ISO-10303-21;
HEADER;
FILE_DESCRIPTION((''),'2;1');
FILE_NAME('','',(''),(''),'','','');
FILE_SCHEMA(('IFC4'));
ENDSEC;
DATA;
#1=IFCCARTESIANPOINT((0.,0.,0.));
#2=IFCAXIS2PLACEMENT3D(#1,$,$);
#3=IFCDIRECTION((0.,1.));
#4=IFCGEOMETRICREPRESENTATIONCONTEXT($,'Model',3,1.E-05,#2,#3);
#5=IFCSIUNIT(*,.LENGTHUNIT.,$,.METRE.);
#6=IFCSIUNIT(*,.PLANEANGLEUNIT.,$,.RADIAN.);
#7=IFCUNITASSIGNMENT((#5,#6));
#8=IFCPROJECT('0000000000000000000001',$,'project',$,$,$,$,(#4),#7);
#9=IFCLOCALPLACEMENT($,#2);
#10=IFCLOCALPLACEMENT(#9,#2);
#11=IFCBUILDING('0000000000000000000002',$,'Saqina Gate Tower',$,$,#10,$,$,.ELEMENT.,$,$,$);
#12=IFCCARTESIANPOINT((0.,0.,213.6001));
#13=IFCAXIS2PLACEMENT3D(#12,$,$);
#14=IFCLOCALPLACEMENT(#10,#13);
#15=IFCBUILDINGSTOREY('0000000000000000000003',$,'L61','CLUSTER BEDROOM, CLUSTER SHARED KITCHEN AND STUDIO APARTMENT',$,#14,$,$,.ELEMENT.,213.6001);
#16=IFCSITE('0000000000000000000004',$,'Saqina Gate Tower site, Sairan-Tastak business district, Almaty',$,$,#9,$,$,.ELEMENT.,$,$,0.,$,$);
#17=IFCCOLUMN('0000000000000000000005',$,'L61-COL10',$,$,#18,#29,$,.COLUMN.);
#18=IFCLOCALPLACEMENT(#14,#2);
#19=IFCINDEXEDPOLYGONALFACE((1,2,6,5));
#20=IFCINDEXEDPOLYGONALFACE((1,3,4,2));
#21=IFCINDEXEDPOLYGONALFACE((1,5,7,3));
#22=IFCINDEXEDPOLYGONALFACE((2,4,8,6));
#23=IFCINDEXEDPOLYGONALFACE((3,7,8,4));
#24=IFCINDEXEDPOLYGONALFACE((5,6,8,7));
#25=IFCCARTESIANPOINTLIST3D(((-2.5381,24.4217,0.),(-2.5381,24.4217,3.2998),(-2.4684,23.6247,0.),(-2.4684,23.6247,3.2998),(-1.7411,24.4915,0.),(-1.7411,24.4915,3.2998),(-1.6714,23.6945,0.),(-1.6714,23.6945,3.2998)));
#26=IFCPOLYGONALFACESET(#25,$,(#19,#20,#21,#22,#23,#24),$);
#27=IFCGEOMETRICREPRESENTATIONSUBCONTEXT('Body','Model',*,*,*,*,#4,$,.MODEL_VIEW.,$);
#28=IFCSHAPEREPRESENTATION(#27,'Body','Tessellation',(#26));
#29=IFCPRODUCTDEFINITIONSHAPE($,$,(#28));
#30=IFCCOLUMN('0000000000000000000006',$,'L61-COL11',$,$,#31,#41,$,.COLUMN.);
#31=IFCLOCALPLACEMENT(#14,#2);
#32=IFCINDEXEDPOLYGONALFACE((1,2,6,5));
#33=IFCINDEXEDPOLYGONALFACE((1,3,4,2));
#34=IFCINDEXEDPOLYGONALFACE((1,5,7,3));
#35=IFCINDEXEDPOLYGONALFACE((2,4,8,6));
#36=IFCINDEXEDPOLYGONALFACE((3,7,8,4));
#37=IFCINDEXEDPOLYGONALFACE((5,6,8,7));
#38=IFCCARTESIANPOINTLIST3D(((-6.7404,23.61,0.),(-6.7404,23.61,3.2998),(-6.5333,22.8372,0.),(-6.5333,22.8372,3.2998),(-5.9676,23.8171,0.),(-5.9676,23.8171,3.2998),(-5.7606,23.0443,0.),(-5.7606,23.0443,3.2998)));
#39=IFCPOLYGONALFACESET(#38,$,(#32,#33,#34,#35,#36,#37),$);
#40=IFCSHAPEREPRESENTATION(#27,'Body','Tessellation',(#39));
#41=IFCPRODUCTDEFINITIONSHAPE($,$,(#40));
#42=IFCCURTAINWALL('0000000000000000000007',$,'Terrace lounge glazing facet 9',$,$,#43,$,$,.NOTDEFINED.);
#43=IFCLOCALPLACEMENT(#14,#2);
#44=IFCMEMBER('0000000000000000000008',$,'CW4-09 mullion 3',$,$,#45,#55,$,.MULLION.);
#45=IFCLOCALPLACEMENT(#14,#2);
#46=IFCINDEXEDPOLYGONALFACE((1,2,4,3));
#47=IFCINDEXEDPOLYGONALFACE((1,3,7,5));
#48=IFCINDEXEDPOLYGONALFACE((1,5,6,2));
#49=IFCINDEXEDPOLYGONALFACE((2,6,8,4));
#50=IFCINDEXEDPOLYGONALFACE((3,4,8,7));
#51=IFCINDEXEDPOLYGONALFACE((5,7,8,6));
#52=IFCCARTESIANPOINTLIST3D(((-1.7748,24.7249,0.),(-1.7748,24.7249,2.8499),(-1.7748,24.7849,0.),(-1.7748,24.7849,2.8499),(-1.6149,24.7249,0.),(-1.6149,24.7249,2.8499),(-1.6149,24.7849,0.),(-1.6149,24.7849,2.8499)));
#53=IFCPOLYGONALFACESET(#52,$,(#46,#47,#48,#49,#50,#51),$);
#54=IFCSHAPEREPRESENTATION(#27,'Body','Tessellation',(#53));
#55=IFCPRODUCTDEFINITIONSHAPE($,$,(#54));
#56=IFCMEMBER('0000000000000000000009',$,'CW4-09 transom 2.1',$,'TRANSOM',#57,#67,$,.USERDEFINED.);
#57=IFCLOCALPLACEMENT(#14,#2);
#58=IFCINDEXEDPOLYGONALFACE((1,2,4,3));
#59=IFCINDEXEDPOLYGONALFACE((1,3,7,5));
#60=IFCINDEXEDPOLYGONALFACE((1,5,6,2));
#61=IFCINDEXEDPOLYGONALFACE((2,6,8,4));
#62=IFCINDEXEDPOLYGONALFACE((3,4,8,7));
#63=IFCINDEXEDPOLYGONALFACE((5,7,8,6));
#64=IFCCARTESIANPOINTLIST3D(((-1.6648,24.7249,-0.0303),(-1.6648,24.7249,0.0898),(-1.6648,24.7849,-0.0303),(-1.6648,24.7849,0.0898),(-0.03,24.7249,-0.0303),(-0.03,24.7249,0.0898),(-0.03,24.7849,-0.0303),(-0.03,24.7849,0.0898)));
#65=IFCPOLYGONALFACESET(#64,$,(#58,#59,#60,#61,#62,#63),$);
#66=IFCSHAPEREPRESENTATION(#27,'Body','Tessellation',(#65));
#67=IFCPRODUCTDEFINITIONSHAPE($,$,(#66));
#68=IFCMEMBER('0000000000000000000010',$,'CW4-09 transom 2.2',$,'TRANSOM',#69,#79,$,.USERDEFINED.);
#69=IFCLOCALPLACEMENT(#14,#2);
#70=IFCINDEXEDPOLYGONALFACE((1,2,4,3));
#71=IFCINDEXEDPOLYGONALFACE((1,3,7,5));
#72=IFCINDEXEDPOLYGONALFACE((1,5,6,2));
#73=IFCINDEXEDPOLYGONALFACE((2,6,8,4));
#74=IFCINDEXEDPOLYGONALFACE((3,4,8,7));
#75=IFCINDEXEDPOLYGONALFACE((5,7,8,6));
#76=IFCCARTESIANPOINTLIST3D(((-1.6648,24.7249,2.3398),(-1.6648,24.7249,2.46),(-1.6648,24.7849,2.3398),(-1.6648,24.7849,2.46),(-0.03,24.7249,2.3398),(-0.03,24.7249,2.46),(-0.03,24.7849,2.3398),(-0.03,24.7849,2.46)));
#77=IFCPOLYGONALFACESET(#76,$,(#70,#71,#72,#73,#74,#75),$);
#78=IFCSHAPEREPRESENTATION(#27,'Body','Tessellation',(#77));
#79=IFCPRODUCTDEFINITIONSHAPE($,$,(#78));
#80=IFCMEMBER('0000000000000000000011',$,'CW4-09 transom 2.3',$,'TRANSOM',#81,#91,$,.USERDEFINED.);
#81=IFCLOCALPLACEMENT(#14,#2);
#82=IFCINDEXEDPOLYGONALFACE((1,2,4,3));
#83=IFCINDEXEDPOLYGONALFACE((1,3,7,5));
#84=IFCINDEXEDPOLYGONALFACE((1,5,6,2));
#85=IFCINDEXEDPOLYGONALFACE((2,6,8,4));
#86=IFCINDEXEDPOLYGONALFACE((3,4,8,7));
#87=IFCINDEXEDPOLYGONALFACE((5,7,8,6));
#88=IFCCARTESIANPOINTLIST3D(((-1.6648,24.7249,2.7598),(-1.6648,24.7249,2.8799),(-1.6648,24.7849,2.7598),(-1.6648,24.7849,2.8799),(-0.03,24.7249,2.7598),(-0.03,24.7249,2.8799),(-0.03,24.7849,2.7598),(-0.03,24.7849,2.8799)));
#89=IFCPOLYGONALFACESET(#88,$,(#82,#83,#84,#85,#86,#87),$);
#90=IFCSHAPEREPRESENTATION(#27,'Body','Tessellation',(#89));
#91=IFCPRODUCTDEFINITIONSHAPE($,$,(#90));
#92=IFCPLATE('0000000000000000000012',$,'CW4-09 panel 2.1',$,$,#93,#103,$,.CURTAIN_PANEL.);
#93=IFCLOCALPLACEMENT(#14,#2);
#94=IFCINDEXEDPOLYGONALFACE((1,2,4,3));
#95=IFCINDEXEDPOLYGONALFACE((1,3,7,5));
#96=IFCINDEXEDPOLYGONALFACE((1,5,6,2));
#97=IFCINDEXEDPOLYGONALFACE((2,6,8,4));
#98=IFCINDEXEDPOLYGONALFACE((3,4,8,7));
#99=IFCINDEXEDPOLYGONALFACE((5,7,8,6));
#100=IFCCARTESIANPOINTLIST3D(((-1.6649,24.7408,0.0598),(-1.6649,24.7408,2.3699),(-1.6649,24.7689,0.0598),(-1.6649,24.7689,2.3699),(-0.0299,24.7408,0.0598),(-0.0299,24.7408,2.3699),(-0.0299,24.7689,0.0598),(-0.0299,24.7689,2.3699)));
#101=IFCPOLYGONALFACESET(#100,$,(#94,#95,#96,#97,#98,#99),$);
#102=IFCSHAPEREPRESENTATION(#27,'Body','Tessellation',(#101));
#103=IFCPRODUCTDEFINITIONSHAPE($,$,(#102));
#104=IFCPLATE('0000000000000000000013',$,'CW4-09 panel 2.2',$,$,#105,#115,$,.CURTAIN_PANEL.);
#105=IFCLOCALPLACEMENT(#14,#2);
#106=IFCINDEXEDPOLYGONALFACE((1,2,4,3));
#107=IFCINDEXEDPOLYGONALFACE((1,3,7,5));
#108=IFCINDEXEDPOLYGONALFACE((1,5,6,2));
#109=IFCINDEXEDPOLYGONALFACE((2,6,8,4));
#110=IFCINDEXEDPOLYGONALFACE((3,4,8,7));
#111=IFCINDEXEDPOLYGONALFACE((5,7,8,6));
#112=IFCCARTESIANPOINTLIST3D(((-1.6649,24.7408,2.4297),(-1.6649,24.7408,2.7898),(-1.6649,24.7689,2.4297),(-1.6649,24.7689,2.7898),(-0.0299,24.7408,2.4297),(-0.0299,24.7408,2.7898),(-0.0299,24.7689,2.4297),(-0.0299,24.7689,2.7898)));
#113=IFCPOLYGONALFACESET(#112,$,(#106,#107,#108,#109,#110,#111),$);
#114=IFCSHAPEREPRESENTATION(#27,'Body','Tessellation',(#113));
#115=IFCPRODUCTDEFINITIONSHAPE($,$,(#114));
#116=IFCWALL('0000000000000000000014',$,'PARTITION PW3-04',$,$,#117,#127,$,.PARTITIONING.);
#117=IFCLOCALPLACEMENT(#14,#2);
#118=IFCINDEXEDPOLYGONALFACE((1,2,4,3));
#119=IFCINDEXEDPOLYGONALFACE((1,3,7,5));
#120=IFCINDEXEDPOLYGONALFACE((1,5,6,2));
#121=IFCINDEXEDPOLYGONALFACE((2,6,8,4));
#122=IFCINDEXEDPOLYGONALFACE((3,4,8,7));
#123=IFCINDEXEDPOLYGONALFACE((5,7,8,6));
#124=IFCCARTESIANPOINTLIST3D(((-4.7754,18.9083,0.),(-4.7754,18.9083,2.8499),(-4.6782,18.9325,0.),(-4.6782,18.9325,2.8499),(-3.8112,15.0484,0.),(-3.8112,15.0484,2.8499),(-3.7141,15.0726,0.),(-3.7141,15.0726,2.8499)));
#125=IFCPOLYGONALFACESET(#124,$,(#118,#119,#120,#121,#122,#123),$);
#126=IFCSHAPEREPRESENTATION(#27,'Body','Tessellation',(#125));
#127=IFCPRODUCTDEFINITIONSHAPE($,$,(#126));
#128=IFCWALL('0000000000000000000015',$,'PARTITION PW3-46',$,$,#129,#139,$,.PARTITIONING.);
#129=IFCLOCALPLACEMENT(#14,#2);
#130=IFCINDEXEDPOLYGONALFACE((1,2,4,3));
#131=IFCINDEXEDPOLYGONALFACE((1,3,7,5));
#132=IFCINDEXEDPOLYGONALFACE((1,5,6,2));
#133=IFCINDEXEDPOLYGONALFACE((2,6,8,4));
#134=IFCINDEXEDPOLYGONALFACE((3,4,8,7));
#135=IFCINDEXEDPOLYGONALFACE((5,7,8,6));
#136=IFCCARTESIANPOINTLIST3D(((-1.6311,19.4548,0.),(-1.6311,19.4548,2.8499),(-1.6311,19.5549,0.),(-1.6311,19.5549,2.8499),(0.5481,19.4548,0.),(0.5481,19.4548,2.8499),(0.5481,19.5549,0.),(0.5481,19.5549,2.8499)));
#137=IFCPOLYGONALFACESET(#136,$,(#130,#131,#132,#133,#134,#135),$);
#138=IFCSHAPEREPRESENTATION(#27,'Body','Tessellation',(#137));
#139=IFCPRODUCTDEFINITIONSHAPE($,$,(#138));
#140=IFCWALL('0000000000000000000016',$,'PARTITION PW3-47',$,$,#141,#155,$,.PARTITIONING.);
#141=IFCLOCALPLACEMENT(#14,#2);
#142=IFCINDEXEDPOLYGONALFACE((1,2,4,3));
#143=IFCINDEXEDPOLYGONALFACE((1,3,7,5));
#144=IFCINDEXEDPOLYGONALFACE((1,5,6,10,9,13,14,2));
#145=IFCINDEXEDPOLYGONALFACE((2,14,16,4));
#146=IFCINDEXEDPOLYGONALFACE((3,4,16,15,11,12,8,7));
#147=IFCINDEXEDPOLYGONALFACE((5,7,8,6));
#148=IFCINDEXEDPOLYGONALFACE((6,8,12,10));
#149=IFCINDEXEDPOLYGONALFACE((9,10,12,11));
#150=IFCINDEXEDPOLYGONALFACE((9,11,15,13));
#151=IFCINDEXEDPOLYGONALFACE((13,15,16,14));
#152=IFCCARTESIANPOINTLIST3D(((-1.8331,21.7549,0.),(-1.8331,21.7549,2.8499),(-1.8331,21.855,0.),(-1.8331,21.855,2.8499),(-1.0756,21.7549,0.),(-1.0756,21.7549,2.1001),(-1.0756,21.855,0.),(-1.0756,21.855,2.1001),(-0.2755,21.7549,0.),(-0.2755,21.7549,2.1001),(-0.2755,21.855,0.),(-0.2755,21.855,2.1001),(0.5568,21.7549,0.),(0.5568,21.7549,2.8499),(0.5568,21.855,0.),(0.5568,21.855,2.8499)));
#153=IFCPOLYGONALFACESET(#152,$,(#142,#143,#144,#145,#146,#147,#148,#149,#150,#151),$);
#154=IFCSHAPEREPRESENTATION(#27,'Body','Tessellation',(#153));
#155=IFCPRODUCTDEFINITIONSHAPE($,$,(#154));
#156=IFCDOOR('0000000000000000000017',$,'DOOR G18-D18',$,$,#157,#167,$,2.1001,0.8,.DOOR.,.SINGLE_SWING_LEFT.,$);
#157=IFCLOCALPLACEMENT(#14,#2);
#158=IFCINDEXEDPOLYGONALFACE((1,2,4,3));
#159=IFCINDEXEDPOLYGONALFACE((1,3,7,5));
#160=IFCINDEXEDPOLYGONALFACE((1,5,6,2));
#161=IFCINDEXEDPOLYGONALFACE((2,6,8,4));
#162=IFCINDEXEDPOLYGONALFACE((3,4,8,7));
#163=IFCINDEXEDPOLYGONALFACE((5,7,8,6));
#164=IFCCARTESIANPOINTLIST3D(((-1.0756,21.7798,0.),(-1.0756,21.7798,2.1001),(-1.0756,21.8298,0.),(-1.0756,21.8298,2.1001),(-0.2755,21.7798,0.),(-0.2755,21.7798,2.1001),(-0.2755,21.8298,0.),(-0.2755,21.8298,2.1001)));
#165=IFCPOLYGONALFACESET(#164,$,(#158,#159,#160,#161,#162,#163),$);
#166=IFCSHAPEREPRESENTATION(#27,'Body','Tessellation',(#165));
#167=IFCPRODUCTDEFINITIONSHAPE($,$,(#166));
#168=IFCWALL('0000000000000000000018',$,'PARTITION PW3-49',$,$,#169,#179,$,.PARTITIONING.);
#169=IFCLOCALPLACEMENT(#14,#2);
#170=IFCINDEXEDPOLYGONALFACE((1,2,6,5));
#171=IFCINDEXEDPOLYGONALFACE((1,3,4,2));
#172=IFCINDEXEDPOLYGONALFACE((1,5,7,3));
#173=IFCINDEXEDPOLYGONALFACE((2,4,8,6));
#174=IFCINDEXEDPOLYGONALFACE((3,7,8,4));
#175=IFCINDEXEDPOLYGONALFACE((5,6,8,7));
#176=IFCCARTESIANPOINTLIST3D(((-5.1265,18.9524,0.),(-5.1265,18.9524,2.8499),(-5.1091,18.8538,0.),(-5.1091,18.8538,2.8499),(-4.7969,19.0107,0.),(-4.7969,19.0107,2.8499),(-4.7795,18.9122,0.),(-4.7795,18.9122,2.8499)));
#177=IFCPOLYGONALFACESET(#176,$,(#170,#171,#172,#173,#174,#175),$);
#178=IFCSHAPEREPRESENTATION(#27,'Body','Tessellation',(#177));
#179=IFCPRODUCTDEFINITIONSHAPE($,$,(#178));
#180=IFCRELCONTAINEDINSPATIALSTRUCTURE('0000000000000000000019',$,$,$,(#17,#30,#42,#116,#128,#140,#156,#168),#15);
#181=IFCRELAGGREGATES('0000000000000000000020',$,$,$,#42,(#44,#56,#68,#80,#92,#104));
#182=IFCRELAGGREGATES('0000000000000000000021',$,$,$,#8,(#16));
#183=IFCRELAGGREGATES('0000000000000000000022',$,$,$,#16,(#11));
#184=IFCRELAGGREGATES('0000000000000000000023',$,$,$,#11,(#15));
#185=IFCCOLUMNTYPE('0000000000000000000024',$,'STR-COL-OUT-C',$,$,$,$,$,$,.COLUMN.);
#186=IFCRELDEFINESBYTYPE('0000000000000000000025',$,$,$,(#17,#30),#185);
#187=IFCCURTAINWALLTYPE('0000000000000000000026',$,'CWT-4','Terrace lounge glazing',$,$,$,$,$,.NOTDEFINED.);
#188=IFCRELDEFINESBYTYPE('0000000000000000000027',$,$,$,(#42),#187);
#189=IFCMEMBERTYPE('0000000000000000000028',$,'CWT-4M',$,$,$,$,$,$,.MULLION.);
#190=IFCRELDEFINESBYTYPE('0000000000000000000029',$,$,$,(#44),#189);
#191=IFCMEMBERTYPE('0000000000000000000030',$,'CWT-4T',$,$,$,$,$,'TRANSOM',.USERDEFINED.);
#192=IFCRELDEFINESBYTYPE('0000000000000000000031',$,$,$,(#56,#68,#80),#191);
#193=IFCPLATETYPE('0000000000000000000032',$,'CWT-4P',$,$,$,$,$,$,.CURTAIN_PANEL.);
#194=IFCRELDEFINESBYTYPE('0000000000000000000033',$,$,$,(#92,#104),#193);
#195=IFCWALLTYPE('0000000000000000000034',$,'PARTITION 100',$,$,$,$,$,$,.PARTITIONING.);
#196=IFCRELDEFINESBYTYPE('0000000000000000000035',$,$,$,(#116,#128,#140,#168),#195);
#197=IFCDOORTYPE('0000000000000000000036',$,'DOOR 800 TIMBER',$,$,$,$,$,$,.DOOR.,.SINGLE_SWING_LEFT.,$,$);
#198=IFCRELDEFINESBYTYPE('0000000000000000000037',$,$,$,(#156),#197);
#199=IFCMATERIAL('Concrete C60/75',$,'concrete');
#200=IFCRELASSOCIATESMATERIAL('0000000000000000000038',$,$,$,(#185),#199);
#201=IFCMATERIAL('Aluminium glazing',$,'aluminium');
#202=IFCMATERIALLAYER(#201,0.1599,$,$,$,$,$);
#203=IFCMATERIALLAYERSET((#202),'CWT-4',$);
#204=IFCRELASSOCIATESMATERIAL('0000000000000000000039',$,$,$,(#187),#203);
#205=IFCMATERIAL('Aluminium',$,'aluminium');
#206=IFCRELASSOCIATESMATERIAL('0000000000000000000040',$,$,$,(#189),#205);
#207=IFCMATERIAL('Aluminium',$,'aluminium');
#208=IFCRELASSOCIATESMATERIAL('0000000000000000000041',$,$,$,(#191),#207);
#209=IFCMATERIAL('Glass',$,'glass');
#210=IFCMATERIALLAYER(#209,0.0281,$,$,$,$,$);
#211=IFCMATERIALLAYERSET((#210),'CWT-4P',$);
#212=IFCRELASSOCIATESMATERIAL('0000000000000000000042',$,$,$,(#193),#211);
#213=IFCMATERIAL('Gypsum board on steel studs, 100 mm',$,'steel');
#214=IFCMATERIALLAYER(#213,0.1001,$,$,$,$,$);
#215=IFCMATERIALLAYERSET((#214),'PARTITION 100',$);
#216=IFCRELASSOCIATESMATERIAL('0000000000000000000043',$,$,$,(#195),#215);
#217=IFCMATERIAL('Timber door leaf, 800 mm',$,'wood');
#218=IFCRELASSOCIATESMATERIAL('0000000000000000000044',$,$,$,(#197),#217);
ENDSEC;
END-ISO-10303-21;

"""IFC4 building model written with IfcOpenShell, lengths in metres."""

from ifc_helpers import new_model, si_unit, direction, frame, frame_2d, origin, origin_2d, place, context, subcontext, project, spatial, rectangle, extrude, material, layer, layer_set, material_profile, profile_set, type_object, element, fill, aggregate, save


model = new_model("IFC4")

# Units and contexts
model_context = context("Model", 3, precision=1e-05, world=origin(), true_north=direction((0.0, 1.0)))
body_context = subcontext(model_context, "Body", "Model", "MODEL_VIEW")
ifc_project = project(units=[si_unit("LENGTHUNIT", "METRE"), si_unit("PLANEANGLEUNIT", "RADIAN")], contexts=[model_context])

# Site, building, storey
site_placement = place(None, origin())
site = spatial("IfcSite", under=ifc_project, at=site_placement, Name="Saqina Gate Tower site, Sairan-Tastak business district, Almaty", CompositionType="ELEMENT", RefElevation=0.0)
building_placement = place(site_placement, origin())
building = spatial("IfcBuilding", under=site, at=building_placement, Name="Saqina Gate Tower", CompositionType="ELEMENT")
storey_placement = place(building_placement, frame((0.0, 0.0, 213.6001)))
storey = spatial("IfcBuildingStorey", under=building, at=storey_placement, Name="L61", Description="CLUSTER BEDROOM, CLUSTER SHARED KITCHEN AND STUDIO APARTMENT", CompositionType="ELEMENT", Elevation=213.6001)

# Columns
ifc_material_1 = material(Name="Concrete C60/75", Category="concrete")
ifc_material_profile_1 = material_profile(ifc_material_1, rectangle(XDim=0.8, YDim=0.8, at=origin_2d()), Name="RC 800x800")
ifc_profile_set_1 = profile_set([ifc_material_profile_1], Name="Concrete C60/75")
column_type = type_object("IfcColumnType", Name="STR-COL-OUT-C", PredefinedType="COLUMN", material=ifc_profile_set_1)
for number, where, z_axis, x_axis, name in (
    (1, (-2.1047, 24.0581, 0.0), (0.0, 0.0, 1.0), (-0.087156, 0.996195, 0.0), "L61-COL10"),
    (2, (-6.2505, 23.3271, 0.0), (0.0, 0.0, 1.0), (-0.258819, 0.965926, 0.0), "L61-COL11"),
):
    element("IfcColumn", number, at=place(storey_placement, frame(where, z_axis=z_axis, x_axis=x_axis)), inside=storey, type_object=column_type, Name=name, PredefinedType="COLUMN", context=body_context, shape_type="SweptSolid", body=[
        extrude(rectangle(XDim=0.8, YDim=0.8, at=origin_2d()), origin(), (0.0, 0.0, 1.0), 3.2998),
    ])

# Curtain wall, members, plates
ifc_material_2 = material(Name="Aluminium glazing", Category="aluminium")
ifc_layer_1 = layer(ifc_material_2, 0.1599)
ifc_layer_set_1 = layer_set([ifc_layer_1], Name="CWT-4")
curtain_wall_type = type_object("IfcCurtainWallType", Name="CWT-4", Description="Terrace lounge glazing", PredefinedType="NOTDEFINED", material=ifc_layer_set_1)
curtain_wall_placement = place(storey_placement, origin())
curtain_wall = element("IfcCurtainWall", 3, at=curtain_wall_placement, inside=storey, type_object=curtain_wall_type, Name="Terrace lounge glazing facet 9", PredefinedType="NOTDEFINED")
ifc_material_3 = material(Name="Aluminium", Category="aluminium")
ifc_material_profile_2 = material_profile(ifc_material_3, rectangle(XDim=0.0601, YDim=0.1599, at=origin_2d()), Name="Aluminium 60x160")
ifc_profile_set_2 = profile_set([ifc_material_profile_2], Name="Aluminium")
member_type_1 = type_object("IfcMemberType", Name="CWT-4M", PredefinedType="MULLION", material=ifc_profile_set_2)
member_1_placement = place(storey_placement, frame((-1.6948, 24.7549, 0.0), z_axis=(0.0, 0.0, 1.0), x_axis=(0.0, -1.0, 0.0)))
member_1 = element("IfcMember", 4, at=member_1_placement, type_object=member_type_1, Name="CW4-09 mullion 3", PredefinedType="MULLION", context=body_context, shape_type="SweptSolid", body=[
    extrude(rectangle(XDim=0.0601, YDim=0.1599, at=origin_2d()), origin(), (0.0, 0.0, 1.0), 2.8499),
])
ifc_material_4 = material(Name="Aluminium", Category="aluminium")
ifc_material_profile_3 = material_profile(ifc_material_4, rectangle(XDim=0.0601, YDim=0.1201, at=origin_2d()), Name="Aluminium 60x120")
ifc_profile_set_3 = profile_set([ifc_material_profile_3], Name="Aluminium")
member_type_2 = type_object("IfcMemberType", Name="CWT-4T", ElementType="TRANSOM", PredefinedType="USERDEFINED", material=ifc_profile_set_3)
member_2_placement = place(storey_placement, frame((-0.03, 24.7549, 0.0298), z_axis=(-1.0, 0.0, 0.0), x_axis=(0.0, -1.0, 0.0)))
member_2 = element("IfcMember", 5, at=member_2_placement, type_object=member_type_2, Name="CW4-09 transom 2.1", ObjectType="TRANSOM", PredefinedType="USERDEFINED", context=body_context, shape_type="SweptSolid", body=[
    extrude(rectangle(XDim=0.0601, YDim=0.1201, at=origin_2d()), origin(), (0.0, 0.0, 1.0), 1.6348),
])
member_3_placement = place(storey_placement, frame((-0.03, 24.7549, 2.3999), z_axis=(-1.0, 0.0, 0.0), x_axis=(0.0, -1.0, 0.0)))
member_3 = element("IfcMember", 6, at=member_3_placement, type_object=member_type_2, Name="CW4-09 transom 2.2", ObjectType="TRANSOM", PredefinedType="USERDEFINED", context=body_context, shape_type="SweptSolid", body=[
    extrude(rectangle(XDim=0.0601, YDim=0.1201, at=origin_2d()), origin(), (0.0, 0.0, 1.0), 1.6348),
])
member_4_placement = place(storey_placement, frame((-0.03, 24.7549, 2.8198), z_axis=(-1.0, 0.0, 0.0), x_axis=(0.0, -1.0, 0.0)))
member_4 = element("IfcMember", 7, at=member_4_placement, type_object=member_type_2, Name="CW4-09 transom 2.3", ObjectType="TRANSOM", PredefinedType="USERDEFINED", context=body_context, shape_type="SweptSolid", body=[
    extrude(rectangle(XDim=0.0601, YDim=0.1201, at=origin_2d()), origin(), (0.0, 0.0, 1.0), 1.6348),
])
ifc_material_5 = material(Name="Glass", Category="glass")
ifc_layer_2 = layer(ifc_material_5, 0.0281)
ifc_layer_set_2 = layer_set([ifc_layer_2], Name="CWT-4P")
plate_type = type_object("IfcPlateType", Name="CWT-4P", PredefinedType="CURTAIN_PANEL", material=ifc_layer_set_2)
plate_1_placement = place(storey_placement, frame((-0.8474, 24.7549, 0.0598), z_axis=(0.0, 0.0, 1.0), x_axis=(-1.0, 0.0, 0.0)))
plate_1 = element("IfcPlate", 8, at=plate_1_placement, type_object=plate_type, Name="CW4-09 panel 2.1", PredefinedType="CURTAIN_PANEL", context=body_context, shape_type="SweptSolid", body=[
    extrude(rectangle(XDim=1.635, YDim=0.0281, at=origin_2d()), origin(), (0.0, 0.0, 1.0), 2.3101),
])
plate_2_placement = place(storey_placement, frame((-0.8474, 24.7549, 2.4297), z_axis=(0.0, 0.0, 1.0), x_axis=(-1.0, 0.0, 0.0)))
plate_2 = element("IfcPlate", 9, at=plate_2_placement, type_object=plate_type, Name="CW4-09 panel 2.2", PredefinedType="CURTAIN_PANEL", context=body_context, shape_type="SweptSolid", body=[
    extrude(rectangle(XDim=1.635, YDim=0.0281, at=origin_2d()), origin(), (0.0, 0.0, 1.0), 0.3601),
])
aggregate(curtain_wall, [member_1, member_2, member_3, member_4, plate_1, plate_2])

# Walls
ifc_material_6 = material(Name="Gypsum board on steel studs, 100 mm", Category="steel")
ifc_layer_3 = layer(ifc_material_6, 0.1001)
ifc_layer_set_3 = layer_set([ifc_layer_3], Name="PARTITION 100")
wall_type_1 = type_object("IfcWallType", Name="PARTITION 100", PredefinedType="PARTITIONING", material=ifc_layer_set_3)
wall_1_placement = place(storey_placement, frame((-4.7268, 18.9204, 0.0), z_axis=(0.0, 0.0, 1.0), x_axis=(0.242333, -0.970193, 0.0)))
element("IfcWall", 10, at=wall_1_placement, inside=storey, type_object=wall_type_1, Name="PARTITION PW3-04", PredefinedType="PARTITIONING", context=body_context, shape_type="SweptSolid", body=[
    extrude(rectangle(XDim=3.9785, YDim=0.1001, at=frame_2d((1.9893, 0.0))), origin(), (0.0, 0.0, 1.0), 2.8499),
])
wall_2_placement = place(storey_placement, frame((-1.6311, 19.5049, 0.0), z_axis=(0.0, 0.0, 1.0), x_axis=(1.0, 0.0, 0.0)))
element("IfcWall", 11, at=wall_2_placement, inside=storey, type_object=wall_type_1, Name="PARTITION PW3-46", PredefinedType="PARTITIONING", context=body_context, shape_type="SweptSolid", body=[
    extrude(rectangle(XDim=2.1792, YDim=0.1001, at=frame_2d((1.0896, 0.0))), origin(), (0.0, 0.0, 1.0), 2.8499),
])

# Wall, opening, door
wall_3_placement = place(storey_placement, frame((-1.833, 21.8049, 0.0), z_axis=(0.0, 0.0, 1.0), x_axis=(1.0, 0.0, 0.0)))
wall_3 = element("IfcWall", 12, at=wall_3_placement, inside=storey, type_object=wall_type_1, Name="PARTITION PW3-47", PredefinedType="PARTITIONING", context=body_context, shape_type="SweptSolid", body=[
    extrude(rectangle(XDim=2.3899, YDim=0.1001, at=frame_2d((1.1948, 0.0))), origin(), (0.0, 0.0, 1.0), 2.8499),
])
opening_1_placement = place(wall_3_placement, frame((0.7576, 0.0, 0.0)))
opening_1 = element("IfcOpeningElement", 13, at=opening_1_placement, cuts=wall_3, PredefinedType="OPENING", context=body_context, shape_type="SweptSolid", body=[
    extrude(rectangle(XDim=0.8, YDim=2.1001, at=frame_2d((0.3999, 1.05))), frame((0.0, 0.062, 0.0), z_axis=(0.0, -1.0, 0.0), x_axis=(1.0, 0.0, 0.0)), (0.0, 0.0, 1.0), 0.124),
])
ifc_material_7 = material(Name="Timber door leaf, 800 mm", Category="wood")
door_type_1 = type_object("IfcDoorType", Name="DOOR 800 TIMBER", OperationType="SINGLE_SWING_LEFT", PredefinedType="DOOR", material=ifc_material_7)
door_1_placement = place(opening_1_placement, origin())
door_1 = element("IfcDoor", 14, at=door_1_placement, inside=storey, type_object=door_type_1, Name="DOOR G18-D18", OperationType="SINGLE_SWING_LEFT", OverallHeight=2.1001, OverallWidth=0.8, PredefinedType="DOOR", context=body_context, shape_type="SweptSolid", body=[
    extrude(rectangle(XDim=0.8, YDim=2.1001, at=frame_2d((0.3999, 1.05))), frame((0.0, 0.0249, 0.0), z_axis=(0.0, -1.0, 0.0), x_axis=(1.0, 0.0, 0.0)), (0.0, 0.0, 1.0), 0.05),
])
fill(opening_1, door_1)

# Wall
wall_4_placement = place(storey_placement, frame((-5.1179, 18.9031, 0.0), z_axis=(0.0, 0.0, 1.0), x_axis=(0.984688, 0.174326, 0.0)))
element("IfcWall", 15, at=wall_4_placement, inside=storey, type_object=wall_type_1, Name="PARTITION PW3-49", PredefinedType="PARTITIONING", context=body_context, shape_type="SweptSolid", body=[
    extrude(rectangle(XDim=0.3347, YDim=0.1001, at=frame_2d((0.1675, 0.0))), origin(), (0.0, 0.0, 1.0), 2.8499),
])

save(model, "model.ifc")
